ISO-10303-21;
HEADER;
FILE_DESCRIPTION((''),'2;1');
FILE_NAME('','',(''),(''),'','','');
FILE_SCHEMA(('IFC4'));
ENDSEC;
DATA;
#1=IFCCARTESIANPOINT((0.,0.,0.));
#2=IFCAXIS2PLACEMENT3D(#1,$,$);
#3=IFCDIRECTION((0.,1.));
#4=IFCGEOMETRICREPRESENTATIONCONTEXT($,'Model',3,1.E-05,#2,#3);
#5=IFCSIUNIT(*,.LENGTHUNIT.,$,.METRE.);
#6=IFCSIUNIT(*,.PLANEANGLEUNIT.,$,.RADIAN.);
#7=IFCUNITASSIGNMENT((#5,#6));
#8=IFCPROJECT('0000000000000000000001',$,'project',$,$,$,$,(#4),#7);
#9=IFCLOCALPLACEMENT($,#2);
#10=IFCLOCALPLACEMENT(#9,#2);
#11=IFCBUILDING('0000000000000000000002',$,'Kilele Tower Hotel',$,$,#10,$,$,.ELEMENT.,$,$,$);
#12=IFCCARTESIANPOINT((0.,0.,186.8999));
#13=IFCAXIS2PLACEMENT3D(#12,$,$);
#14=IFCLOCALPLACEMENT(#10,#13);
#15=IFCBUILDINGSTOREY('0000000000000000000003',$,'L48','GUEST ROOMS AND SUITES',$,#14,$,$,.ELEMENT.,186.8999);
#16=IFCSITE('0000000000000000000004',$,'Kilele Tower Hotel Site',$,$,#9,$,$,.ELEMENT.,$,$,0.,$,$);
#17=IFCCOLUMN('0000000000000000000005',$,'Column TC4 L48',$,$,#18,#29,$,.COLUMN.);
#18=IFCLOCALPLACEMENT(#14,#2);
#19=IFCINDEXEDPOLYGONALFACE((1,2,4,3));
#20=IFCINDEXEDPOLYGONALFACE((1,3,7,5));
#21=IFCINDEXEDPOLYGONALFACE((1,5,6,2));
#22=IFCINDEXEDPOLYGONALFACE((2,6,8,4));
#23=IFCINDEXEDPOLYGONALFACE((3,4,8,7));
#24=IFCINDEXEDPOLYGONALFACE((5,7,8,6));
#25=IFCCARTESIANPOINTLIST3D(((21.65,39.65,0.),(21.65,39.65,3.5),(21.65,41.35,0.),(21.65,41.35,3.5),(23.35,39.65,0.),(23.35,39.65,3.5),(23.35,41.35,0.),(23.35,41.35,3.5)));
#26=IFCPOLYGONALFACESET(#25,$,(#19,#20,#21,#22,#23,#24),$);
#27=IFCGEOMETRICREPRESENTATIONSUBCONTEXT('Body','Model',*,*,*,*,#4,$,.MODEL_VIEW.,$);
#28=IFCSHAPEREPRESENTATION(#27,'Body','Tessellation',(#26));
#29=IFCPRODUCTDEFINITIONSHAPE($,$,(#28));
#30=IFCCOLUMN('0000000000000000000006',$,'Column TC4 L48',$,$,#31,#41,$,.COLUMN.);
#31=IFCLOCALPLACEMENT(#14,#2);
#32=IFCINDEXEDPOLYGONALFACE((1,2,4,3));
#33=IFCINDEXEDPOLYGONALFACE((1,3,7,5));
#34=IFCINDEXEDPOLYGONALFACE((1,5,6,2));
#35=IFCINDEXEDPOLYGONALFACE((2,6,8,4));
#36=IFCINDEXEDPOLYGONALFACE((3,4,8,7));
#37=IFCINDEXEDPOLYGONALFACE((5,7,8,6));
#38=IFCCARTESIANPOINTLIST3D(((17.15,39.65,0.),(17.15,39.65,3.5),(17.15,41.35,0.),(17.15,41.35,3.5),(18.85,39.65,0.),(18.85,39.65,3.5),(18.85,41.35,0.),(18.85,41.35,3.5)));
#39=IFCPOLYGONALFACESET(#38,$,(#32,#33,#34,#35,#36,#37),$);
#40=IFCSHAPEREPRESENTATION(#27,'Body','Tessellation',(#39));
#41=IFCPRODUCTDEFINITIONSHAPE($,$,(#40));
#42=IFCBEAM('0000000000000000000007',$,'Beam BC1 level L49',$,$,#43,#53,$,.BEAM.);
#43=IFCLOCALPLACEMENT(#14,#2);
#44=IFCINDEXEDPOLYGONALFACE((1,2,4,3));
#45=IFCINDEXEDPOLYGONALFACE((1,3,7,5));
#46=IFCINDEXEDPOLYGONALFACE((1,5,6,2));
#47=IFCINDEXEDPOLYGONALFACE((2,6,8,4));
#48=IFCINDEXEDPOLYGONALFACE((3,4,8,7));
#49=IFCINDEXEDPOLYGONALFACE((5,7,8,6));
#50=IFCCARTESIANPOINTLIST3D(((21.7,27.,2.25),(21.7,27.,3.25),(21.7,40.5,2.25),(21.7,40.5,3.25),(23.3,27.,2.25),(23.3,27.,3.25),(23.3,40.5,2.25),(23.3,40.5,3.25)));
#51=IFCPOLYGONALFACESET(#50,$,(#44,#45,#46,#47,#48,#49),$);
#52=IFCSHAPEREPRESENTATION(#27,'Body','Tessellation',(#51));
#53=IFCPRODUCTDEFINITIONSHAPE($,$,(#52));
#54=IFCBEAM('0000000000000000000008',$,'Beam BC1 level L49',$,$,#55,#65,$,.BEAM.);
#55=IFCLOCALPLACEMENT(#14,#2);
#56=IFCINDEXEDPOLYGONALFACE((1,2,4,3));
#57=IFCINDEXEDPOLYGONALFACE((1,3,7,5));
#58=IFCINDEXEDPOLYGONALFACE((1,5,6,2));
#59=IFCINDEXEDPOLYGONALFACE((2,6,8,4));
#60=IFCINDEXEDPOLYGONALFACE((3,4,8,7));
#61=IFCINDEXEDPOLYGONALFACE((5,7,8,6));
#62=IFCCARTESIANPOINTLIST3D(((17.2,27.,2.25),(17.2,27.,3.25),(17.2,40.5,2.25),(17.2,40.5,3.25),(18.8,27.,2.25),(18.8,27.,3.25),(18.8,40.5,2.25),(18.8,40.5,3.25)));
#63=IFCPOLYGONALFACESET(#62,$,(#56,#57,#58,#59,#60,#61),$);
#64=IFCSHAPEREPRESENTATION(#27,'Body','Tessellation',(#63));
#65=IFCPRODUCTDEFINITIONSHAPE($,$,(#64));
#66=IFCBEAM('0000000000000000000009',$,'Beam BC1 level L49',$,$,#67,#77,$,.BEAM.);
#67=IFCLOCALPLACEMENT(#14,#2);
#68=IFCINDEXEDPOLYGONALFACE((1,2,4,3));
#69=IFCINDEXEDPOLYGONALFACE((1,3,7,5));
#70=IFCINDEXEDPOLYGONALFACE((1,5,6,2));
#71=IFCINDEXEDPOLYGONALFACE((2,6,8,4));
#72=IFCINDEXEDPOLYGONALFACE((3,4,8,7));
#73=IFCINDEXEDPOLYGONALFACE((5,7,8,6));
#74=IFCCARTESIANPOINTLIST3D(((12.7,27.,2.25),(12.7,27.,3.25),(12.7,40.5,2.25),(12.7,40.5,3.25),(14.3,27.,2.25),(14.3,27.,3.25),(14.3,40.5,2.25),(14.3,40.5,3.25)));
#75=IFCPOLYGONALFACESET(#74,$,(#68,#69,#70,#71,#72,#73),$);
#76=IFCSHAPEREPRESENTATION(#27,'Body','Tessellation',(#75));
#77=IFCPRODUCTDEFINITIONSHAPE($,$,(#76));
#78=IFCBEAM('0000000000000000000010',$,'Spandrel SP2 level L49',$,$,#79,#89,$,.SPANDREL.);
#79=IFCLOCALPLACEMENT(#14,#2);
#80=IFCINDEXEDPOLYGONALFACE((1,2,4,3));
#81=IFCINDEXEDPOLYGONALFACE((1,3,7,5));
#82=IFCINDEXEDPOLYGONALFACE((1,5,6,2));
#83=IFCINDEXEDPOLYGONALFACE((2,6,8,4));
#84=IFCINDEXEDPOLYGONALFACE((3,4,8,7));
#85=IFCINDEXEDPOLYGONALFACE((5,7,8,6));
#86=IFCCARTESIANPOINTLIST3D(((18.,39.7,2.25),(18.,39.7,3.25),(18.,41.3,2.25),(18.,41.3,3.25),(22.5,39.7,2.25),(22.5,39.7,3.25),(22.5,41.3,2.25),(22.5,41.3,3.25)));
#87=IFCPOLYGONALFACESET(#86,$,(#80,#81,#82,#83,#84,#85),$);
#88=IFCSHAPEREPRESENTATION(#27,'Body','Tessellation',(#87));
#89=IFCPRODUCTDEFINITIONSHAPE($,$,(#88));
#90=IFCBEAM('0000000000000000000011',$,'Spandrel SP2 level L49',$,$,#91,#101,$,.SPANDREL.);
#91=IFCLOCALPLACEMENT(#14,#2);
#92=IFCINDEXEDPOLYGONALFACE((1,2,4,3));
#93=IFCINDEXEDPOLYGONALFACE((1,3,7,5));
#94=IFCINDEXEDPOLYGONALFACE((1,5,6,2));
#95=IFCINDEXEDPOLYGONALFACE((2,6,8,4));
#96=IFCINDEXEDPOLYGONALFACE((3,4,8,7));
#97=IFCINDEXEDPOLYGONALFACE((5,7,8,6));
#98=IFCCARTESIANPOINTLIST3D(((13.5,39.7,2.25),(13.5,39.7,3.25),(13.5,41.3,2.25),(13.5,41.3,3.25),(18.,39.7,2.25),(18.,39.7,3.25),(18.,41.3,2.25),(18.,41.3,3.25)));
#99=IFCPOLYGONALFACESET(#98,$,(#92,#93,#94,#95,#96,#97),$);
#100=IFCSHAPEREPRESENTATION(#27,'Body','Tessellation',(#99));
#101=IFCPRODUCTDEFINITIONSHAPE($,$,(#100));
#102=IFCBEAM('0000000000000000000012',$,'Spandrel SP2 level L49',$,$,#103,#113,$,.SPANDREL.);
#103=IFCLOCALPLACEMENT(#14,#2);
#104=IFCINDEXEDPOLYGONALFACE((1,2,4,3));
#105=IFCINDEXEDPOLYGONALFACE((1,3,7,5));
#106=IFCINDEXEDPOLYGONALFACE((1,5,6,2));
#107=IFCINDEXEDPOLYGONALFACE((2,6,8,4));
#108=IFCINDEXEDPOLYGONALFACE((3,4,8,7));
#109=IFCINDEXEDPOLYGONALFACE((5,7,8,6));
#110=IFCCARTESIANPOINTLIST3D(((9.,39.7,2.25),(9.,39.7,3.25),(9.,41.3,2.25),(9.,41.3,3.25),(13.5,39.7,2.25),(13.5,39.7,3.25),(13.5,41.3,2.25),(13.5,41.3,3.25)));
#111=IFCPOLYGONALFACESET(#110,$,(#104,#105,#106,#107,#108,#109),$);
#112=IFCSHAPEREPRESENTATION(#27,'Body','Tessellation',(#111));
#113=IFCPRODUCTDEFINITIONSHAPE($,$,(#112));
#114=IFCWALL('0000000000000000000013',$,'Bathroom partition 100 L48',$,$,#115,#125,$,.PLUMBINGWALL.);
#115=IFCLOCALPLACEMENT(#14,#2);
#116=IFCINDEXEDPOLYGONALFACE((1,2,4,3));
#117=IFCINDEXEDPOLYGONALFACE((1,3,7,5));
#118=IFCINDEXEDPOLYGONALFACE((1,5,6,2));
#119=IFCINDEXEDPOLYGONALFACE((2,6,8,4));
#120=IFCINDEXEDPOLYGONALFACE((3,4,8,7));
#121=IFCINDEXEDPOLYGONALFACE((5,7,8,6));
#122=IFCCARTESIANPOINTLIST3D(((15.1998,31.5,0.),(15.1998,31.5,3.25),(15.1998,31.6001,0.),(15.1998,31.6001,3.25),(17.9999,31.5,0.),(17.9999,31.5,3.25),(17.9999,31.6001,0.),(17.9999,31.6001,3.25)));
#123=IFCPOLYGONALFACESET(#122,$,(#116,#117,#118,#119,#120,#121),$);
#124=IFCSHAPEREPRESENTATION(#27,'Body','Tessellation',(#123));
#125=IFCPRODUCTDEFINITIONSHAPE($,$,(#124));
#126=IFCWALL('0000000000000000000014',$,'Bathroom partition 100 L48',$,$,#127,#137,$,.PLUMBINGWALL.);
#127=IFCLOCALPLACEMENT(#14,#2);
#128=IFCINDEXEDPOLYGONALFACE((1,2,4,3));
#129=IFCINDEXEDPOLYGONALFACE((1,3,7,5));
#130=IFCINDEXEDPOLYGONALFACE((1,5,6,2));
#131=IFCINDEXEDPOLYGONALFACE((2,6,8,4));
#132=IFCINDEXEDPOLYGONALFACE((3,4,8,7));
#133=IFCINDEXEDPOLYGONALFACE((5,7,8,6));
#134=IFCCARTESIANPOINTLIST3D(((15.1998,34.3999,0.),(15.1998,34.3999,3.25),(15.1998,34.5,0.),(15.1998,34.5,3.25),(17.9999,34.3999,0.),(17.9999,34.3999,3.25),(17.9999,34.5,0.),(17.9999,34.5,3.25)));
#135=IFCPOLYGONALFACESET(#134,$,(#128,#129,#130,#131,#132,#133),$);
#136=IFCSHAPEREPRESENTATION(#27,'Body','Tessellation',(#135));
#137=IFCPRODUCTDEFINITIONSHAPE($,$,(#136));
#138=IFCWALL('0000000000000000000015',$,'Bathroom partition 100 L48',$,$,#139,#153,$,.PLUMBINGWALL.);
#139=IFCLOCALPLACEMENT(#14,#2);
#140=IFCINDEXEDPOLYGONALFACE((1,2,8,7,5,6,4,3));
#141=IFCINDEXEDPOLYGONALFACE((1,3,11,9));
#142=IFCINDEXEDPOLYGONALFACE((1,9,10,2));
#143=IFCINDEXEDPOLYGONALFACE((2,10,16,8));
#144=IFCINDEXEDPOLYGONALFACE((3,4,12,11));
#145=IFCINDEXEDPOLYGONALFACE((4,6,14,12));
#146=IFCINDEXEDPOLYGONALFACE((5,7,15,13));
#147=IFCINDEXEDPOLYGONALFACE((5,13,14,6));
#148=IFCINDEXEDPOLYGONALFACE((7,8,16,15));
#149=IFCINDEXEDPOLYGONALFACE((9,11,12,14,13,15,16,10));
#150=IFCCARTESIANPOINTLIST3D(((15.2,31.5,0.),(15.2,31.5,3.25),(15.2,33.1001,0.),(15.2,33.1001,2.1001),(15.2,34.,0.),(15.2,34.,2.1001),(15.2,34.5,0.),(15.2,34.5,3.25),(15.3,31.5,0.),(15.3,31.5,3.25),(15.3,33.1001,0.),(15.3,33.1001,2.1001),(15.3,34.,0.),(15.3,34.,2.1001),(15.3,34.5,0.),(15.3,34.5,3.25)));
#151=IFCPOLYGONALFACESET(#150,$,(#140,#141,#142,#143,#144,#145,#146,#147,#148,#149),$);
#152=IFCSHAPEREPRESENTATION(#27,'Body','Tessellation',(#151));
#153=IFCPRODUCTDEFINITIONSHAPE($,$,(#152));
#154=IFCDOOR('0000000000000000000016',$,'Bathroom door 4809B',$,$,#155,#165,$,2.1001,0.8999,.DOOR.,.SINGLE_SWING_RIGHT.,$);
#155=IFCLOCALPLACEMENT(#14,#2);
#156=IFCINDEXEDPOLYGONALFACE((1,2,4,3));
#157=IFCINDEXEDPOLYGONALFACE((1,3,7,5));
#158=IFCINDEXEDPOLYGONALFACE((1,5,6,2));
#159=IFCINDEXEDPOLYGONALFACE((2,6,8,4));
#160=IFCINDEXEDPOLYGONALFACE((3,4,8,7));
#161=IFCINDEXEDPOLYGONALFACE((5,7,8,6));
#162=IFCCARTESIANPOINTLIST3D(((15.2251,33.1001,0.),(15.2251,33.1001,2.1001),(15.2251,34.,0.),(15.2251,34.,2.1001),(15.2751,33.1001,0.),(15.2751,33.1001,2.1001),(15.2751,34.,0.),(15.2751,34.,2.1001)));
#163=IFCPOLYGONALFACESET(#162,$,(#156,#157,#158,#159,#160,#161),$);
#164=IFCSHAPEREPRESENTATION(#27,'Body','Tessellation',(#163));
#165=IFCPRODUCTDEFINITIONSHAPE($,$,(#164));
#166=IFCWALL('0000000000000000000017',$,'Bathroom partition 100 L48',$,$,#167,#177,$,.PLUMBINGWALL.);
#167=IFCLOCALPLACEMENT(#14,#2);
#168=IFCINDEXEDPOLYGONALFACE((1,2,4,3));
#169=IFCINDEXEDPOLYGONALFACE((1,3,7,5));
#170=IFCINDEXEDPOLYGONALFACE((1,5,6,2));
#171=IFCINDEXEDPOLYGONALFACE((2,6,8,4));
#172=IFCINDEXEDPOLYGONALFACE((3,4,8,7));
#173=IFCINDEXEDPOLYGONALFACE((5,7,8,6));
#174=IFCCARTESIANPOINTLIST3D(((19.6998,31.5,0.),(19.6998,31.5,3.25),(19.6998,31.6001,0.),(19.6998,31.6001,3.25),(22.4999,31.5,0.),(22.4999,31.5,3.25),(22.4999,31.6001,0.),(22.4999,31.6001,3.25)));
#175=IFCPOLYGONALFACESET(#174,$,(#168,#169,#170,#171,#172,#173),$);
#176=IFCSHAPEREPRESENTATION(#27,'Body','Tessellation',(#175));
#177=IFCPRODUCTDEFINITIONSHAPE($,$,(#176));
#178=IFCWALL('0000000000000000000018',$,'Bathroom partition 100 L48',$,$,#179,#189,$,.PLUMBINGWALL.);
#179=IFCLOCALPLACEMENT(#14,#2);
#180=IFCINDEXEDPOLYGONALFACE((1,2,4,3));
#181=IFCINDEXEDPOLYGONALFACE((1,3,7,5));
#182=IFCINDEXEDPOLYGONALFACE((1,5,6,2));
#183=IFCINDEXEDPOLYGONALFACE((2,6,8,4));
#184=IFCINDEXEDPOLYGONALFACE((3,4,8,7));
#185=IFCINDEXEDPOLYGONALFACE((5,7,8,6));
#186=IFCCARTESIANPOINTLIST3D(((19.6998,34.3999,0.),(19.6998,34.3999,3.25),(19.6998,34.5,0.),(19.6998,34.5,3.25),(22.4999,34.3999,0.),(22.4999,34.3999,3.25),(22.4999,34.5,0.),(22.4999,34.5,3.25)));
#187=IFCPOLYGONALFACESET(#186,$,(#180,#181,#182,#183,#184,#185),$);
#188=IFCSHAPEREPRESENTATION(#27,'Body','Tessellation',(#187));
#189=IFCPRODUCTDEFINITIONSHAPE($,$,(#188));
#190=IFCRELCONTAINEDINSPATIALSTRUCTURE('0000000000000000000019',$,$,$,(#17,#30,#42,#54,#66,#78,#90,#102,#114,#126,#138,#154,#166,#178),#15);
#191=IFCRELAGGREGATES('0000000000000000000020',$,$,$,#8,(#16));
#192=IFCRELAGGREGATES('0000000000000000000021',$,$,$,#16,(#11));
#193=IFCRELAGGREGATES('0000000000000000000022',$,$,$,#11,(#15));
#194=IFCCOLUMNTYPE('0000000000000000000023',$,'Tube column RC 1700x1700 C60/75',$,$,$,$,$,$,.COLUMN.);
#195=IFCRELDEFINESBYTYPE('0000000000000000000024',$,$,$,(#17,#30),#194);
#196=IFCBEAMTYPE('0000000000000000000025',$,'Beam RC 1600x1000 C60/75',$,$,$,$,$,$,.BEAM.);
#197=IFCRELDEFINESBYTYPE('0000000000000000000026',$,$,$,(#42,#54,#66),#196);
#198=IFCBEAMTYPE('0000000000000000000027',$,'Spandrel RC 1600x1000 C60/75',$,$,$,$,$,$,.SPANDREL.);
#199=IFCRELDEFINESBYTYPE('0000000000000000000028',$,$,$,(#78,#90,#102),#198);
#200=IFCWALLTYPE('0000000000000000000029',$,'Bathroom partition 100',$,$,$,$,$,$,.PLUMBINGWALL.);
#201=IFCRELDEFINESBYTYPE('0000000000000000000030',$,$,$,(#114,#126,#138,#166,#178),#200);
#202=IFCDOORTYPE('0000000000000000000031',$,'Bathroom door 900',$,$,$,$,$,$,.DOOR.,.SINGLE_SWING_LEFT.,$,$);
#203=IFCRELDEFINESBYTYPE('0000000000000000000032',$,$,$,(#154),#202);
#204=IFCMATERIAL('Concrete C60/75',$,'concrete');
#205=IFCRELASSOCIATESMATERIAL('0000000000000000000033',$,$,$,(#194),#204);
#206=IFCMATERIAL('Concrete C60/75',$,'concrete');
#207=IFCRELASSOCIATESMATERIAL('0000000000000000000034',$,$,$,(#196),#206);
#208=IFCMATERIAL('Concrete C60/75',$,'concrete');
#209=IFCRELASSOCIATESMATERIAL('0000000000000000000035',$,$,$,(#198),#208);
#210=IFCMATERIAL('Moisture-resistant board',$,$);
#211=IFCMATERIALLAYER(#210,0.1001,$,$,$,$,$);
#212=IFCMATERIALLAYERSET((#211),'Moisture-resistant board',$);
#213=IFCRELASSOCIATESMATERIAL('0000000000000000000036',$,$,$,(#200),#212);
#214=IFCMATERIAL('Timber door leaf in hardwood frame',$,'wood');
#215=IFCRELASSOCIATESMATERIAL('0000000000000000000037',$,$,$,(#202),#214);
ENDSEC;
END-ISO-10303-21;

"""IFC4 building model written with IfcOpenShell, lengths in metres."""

from ifc_helpers import new_model, si_unit, direction, frame, frame_2d, origin, origin_2d, place, context, subcontext, project, spatial, rectangle, extrude, material, layer, layer_set, material_profile, profile_set, type_object, element, fill, save


model = new_model("IFC4")

# Units and contexts
model_context = context("Model", 3, precision=1e-05, world=origin(), true_north=direction((0.0, 1.0)))
body_context = subcontext(model_context, "Body", "Model", "MODEL_VIEW")
ifc_project = project(units=[si_unit("LENGTHUNIT", "METRE"), si_unit("PLANEANGLEUNIT", "RADIAN")], contexts=[model_context])

# Site, building, storey
site_placement = place(None, origin())
site = spatial("IfcSite", under=ifc_project, at=site_placement, Name="Kilele Tower Hotel Site", CompositionType="ELEMENT", RefElevation=0.0)
building_placement = place(site_placement, origin())
building = spatial("IfcBuilding", under=site, at=building_placement, Name="Kilele Tower Hotel", CompositionType="ELEMENT")
storey_placement = place(building_placement, frame((0.0, 0.0, 186.8999)))
storey = spatial("IfcBuildingStorey", under=building, at=storey_placement, Name="L48", Description="GUEST ROOMS AND SUITES", CompositionType="ELEMENT", Elevation=186.8999)

# Columns
ifc_material_1 = material(Name="Concrete C60/75", Category="concrete")
ifc_material_profile_1 = material_profile(ifc_material_1, rectangle(XDim=1.7, YDim=1.7, at=origin_2d()))
ifc_profile_set_1 = profile_set([ifc_material_profile_1], Name="Concrete C60/75")
column_type = type_object("IfcColumnType", Name="Tube column RC 1700x1700 C60/75", PredefinedType="COLUMN", material=ifc_profile_set_1)
for number, where, z_axis, x_axis, name in (
    (1, (22.5, 40.5, 0.0), (0.0, 0.0, 1.0), (1.0, 0.0, 0.0), "Column TC4 L48"),
    (2, (18.0, 40.5, 0.0), (0.0, 0.0, 1.0), (1.0, 0.0, 0.0), "Column TC4 L48"),
):
    element("IfcColumn", number, at=place(storey_placement, frame(where, z_axis=z_axis, x_axis=x_axis)), inside=storey, type_object=column_type, Name=name, PredefinedType="COLUMN", context=body_context, shape_type="SweptSolid", body=[
        extrude(rectangle(XDim=1.7, YDim=1.7, at=origin_2d()), origin(), (0.0, 0.0, 1.0), 3.5),
    ])

# Beams
ifc_material_2 = material(Name="Concrete C60/75", Category="concrete")
ifc_material_profile_2 = material_profile(ifc_material_2, rectangle(XDim=1.6001, YDim=1.0, at=origin_2d()))
ifc_profile_set_2 = profile_set([ifc_material_profile_2], Name="Concrete C60/75")
beam_type_1 = type_object("IfcBeamType", Name="Beam RC 1600x1000 C60/75", PredefinedType="BEAM", material=ifc_profile_set_2)
for number, where, z_axis, x_axis, name in (
    (3, (22.5, 40.5, 2.75), (0.0, -1.0, 0.0), (1.0, 0.0, 0.0), "Beam BC1 level L49"),
    (4, (18.0, 40.5, 2.75), (0.0, -1.0, 0.0), (1.0, 0.0, 0.0), "Beam BC1 level L49"),
    (5, (13.5, 40.5, 2.75), (0.0, -1.0, 0.0), (1.0, 0.0, 0.0), "Beam BC1 level L49"),
):
    element("IfcBeam", number, at=place(storey_placement, frame(where, z_axis=z_axis, x_axis=x_axis)), inside=storey, type_object=beam_type_1, Name=name, PredefinedType="BEAM", context=body_context, shape_type="SweptSolid", body=[
        extrude(rectangle(XDim=1.6001, YDim=1.0, at=origin_2d()), origin(), (0.0, 0.0, 1.0), 13.5),
    ])
ifc_material_3 = material(Name="Concrete C60/75", Category="concrete")
ifc_material_profile_3 = material_profile(ifc_material_3, rectangle(XDim=1.6001, YDim=1.0, at=origin_2d()))
ifc_profile_set_3 = profile_set([ifc_material_profile_3], Name="Concrete C60/75")
beam_type_2 = type_object("IfcBeamType", Name="Spandrel RC 1600x1000 C60/75", PredefinedType="SPANDREL", material=ifc_profile_set_3)
for number, where, z_axis, x_axis, name in (
    (6, (22.5, 40.5, 2.75), (-1.0, 0.0, 0.0), (0.0, -1.0, 0.0), "Spandrel SP2 level L49"),
    (7, (18.0, 40.5, 2.75), (-1.0, 0.0, 0.0), (0.0, -1.0, 0.0), "Spandrel SP2 level L49"),
    (8, (13.5, 40.5, 2.75), (-1.0, 0.0, 0.0), (0.0, -1.0, 0.0), "Spandrel SP2 level L49"),
):
    element("IfcBeam", number, at=place(storey_placement, frame(where, z_axis=z_axis, x_axis=x_axis)), inside=storey, type_object=beam_type_2, Name=name, PredefinedType="SPANDREL", context=body_context, shape_type="SweptSolid", body=[
        extrude(rectangle(XDim=1.6001, YDim=1.0, at=origin_2d()), origin(), (0.0, 0.0, 1.0), 4.5),
    ])

# Walls
ifc_material_4 = material(Name="Moisture-resistant board")
ifc_layer_1 = layer(ifc_material_4, 0.1001)
ifc_layer_set_1 = layer_set([ifc_layer_1], Name="Moisture-resistant board")
wall_type_1 = type_object("IfcWallType", Name="Bathroom partition 100", PredefinedType="PLUMBINGWALL", material=ifc_layer_set_1)
for number, where, z_axis, x_axis, name in (
    (9, (15.2, 31.55, 0.0), (0.0, 0.0, 1.0), (1.0, 0.0, 0.0), "Bathroom partition 100 L48"),
    (10, (15.2, 34.45, 0.0), (0.0, 0.0, 1.0), (1.0, 0.0, 0.0), "Bathroom partition 100 L48"),
):
    element("IfcWall", number, at=place(storey_placement, frame(where, z_axis=z_axis, x_axis=x_axis)), inside=storey, type_object=wall_type_1, Name=name, PredefinedType="PLUMBINGWALL", context=body_context, shape_type="SweptSolid", body=[
        extrude(rectangle(XDim=2.8, YDim=0.1001, at=frame_2d((1.3999, 0.0))), origin(), (0.0, 0.0, 1.0), 3.25),
    ])

# Wall, opening, door
wall_1_placement = place(storey_placement, frame((15.25, 31.5, 0.0), z_axis=(0.0, 0.0, 1.0), x_axis=(0.0, 1.0, 0.0)))
wall_1 = element("IfcWall", 11, at=wall_1_placement, inside=storey, type_object=wall_type_1, Name="Bathroom partition 100 L48", PredefinedType="PLUMBINGWALL", context=body_context, shape_type="SweptSolid", body=[
    extrude(rectangle(XDim=3.0, YDim=0.1001, at=frame_2d((1.5, 0.0))), origin(), (0.0, 0.0, 1.0), 3.25),
])
opening_1_placement = place(wall_1_placement, frame((1.6001, 0.0, 0.0)))
opening_1 = element("IfcOpeningElement", 12, at=opening_1_placement, cuts=wall_1, PredefinedType="OPENING", context=body_context, shape_type="SweptSolid", body=[
    extrude(rectangle(XDim=0.8999, YDim=2.1001, at=frame_2d((0.45, 1.05))), frame((0.0, 0.0601, 0.0), z_axis=(0.0, -1.0, 0.0), x_axis=(1.0, 0.0, 0.0)), (0.0, 0.0, 1.0), 0.1201),
])
ifc_material_5 = material(Name="Timber door leaf in hardwood frame", Category="wood")
door_type_1 = type_object("IfcDoorType", Name="Bathroom door 900", OperationType="SINGLE_SWING_LEFT", PredefinedType="DOOR", material=ifc_material_5)
door_1_placement = place(opening_1_placement, origin())
door_1 = element("IfcDoor", 13, at=door_1_placement, inside=storey, type_object=door_type_1, Name="Bathroom door 4809B", OperationType="SINGLE_SWING_RIGHT", OverallHeight=2.1001, OverallWidth=0.8999, PredefinedType="DOOR", context=body_context, shape_type="SweptSolid", body=[
    extrude(rectangle(XDim=0.8999, YDim=2.1001, at=frame_2d((0.45, 1.05))), frame((0.0, 0.0249, 0.0), z_axis=(0.0, -1.0, 0.0), x_axis=(1.0, 0.0, 0.0)), (0.0, 0.0, 1.0), 0.05),
])
fill(opening_1, door_1)

# Walls
for number, where, z_axis, x_axis, name in (
    (14, (19.7, 31.55, 0.0), (0.0, 0.0, 1.0), (1.0, 0.0, 0.0), "Bathroom partition 100 L48"),
    (15, (19.7, 34.45, 0.0), (0.0, 0.0, 1.0), (1.0, 0.0, 0.0), "Bathroom partition 100 L48"),
):
    element("IfcWall", number, at=place(storey_placement, frame(where, z_axis=z_axis, x_axis=x_axis)), inside=storey, type_object=wall_type_1, Name=name, PredefinedType="PLUMBINGWALL", context=body_context, shape_type="SweptSolid", body=[
        extrude(rectangle(XDim=2.8, YDim=0.1001, at=frame_2d((1.3999, 0.0))), origin(), (0.0, 0.0, 1.0), 3.25),
    ])

save(model, "model.ifc")
